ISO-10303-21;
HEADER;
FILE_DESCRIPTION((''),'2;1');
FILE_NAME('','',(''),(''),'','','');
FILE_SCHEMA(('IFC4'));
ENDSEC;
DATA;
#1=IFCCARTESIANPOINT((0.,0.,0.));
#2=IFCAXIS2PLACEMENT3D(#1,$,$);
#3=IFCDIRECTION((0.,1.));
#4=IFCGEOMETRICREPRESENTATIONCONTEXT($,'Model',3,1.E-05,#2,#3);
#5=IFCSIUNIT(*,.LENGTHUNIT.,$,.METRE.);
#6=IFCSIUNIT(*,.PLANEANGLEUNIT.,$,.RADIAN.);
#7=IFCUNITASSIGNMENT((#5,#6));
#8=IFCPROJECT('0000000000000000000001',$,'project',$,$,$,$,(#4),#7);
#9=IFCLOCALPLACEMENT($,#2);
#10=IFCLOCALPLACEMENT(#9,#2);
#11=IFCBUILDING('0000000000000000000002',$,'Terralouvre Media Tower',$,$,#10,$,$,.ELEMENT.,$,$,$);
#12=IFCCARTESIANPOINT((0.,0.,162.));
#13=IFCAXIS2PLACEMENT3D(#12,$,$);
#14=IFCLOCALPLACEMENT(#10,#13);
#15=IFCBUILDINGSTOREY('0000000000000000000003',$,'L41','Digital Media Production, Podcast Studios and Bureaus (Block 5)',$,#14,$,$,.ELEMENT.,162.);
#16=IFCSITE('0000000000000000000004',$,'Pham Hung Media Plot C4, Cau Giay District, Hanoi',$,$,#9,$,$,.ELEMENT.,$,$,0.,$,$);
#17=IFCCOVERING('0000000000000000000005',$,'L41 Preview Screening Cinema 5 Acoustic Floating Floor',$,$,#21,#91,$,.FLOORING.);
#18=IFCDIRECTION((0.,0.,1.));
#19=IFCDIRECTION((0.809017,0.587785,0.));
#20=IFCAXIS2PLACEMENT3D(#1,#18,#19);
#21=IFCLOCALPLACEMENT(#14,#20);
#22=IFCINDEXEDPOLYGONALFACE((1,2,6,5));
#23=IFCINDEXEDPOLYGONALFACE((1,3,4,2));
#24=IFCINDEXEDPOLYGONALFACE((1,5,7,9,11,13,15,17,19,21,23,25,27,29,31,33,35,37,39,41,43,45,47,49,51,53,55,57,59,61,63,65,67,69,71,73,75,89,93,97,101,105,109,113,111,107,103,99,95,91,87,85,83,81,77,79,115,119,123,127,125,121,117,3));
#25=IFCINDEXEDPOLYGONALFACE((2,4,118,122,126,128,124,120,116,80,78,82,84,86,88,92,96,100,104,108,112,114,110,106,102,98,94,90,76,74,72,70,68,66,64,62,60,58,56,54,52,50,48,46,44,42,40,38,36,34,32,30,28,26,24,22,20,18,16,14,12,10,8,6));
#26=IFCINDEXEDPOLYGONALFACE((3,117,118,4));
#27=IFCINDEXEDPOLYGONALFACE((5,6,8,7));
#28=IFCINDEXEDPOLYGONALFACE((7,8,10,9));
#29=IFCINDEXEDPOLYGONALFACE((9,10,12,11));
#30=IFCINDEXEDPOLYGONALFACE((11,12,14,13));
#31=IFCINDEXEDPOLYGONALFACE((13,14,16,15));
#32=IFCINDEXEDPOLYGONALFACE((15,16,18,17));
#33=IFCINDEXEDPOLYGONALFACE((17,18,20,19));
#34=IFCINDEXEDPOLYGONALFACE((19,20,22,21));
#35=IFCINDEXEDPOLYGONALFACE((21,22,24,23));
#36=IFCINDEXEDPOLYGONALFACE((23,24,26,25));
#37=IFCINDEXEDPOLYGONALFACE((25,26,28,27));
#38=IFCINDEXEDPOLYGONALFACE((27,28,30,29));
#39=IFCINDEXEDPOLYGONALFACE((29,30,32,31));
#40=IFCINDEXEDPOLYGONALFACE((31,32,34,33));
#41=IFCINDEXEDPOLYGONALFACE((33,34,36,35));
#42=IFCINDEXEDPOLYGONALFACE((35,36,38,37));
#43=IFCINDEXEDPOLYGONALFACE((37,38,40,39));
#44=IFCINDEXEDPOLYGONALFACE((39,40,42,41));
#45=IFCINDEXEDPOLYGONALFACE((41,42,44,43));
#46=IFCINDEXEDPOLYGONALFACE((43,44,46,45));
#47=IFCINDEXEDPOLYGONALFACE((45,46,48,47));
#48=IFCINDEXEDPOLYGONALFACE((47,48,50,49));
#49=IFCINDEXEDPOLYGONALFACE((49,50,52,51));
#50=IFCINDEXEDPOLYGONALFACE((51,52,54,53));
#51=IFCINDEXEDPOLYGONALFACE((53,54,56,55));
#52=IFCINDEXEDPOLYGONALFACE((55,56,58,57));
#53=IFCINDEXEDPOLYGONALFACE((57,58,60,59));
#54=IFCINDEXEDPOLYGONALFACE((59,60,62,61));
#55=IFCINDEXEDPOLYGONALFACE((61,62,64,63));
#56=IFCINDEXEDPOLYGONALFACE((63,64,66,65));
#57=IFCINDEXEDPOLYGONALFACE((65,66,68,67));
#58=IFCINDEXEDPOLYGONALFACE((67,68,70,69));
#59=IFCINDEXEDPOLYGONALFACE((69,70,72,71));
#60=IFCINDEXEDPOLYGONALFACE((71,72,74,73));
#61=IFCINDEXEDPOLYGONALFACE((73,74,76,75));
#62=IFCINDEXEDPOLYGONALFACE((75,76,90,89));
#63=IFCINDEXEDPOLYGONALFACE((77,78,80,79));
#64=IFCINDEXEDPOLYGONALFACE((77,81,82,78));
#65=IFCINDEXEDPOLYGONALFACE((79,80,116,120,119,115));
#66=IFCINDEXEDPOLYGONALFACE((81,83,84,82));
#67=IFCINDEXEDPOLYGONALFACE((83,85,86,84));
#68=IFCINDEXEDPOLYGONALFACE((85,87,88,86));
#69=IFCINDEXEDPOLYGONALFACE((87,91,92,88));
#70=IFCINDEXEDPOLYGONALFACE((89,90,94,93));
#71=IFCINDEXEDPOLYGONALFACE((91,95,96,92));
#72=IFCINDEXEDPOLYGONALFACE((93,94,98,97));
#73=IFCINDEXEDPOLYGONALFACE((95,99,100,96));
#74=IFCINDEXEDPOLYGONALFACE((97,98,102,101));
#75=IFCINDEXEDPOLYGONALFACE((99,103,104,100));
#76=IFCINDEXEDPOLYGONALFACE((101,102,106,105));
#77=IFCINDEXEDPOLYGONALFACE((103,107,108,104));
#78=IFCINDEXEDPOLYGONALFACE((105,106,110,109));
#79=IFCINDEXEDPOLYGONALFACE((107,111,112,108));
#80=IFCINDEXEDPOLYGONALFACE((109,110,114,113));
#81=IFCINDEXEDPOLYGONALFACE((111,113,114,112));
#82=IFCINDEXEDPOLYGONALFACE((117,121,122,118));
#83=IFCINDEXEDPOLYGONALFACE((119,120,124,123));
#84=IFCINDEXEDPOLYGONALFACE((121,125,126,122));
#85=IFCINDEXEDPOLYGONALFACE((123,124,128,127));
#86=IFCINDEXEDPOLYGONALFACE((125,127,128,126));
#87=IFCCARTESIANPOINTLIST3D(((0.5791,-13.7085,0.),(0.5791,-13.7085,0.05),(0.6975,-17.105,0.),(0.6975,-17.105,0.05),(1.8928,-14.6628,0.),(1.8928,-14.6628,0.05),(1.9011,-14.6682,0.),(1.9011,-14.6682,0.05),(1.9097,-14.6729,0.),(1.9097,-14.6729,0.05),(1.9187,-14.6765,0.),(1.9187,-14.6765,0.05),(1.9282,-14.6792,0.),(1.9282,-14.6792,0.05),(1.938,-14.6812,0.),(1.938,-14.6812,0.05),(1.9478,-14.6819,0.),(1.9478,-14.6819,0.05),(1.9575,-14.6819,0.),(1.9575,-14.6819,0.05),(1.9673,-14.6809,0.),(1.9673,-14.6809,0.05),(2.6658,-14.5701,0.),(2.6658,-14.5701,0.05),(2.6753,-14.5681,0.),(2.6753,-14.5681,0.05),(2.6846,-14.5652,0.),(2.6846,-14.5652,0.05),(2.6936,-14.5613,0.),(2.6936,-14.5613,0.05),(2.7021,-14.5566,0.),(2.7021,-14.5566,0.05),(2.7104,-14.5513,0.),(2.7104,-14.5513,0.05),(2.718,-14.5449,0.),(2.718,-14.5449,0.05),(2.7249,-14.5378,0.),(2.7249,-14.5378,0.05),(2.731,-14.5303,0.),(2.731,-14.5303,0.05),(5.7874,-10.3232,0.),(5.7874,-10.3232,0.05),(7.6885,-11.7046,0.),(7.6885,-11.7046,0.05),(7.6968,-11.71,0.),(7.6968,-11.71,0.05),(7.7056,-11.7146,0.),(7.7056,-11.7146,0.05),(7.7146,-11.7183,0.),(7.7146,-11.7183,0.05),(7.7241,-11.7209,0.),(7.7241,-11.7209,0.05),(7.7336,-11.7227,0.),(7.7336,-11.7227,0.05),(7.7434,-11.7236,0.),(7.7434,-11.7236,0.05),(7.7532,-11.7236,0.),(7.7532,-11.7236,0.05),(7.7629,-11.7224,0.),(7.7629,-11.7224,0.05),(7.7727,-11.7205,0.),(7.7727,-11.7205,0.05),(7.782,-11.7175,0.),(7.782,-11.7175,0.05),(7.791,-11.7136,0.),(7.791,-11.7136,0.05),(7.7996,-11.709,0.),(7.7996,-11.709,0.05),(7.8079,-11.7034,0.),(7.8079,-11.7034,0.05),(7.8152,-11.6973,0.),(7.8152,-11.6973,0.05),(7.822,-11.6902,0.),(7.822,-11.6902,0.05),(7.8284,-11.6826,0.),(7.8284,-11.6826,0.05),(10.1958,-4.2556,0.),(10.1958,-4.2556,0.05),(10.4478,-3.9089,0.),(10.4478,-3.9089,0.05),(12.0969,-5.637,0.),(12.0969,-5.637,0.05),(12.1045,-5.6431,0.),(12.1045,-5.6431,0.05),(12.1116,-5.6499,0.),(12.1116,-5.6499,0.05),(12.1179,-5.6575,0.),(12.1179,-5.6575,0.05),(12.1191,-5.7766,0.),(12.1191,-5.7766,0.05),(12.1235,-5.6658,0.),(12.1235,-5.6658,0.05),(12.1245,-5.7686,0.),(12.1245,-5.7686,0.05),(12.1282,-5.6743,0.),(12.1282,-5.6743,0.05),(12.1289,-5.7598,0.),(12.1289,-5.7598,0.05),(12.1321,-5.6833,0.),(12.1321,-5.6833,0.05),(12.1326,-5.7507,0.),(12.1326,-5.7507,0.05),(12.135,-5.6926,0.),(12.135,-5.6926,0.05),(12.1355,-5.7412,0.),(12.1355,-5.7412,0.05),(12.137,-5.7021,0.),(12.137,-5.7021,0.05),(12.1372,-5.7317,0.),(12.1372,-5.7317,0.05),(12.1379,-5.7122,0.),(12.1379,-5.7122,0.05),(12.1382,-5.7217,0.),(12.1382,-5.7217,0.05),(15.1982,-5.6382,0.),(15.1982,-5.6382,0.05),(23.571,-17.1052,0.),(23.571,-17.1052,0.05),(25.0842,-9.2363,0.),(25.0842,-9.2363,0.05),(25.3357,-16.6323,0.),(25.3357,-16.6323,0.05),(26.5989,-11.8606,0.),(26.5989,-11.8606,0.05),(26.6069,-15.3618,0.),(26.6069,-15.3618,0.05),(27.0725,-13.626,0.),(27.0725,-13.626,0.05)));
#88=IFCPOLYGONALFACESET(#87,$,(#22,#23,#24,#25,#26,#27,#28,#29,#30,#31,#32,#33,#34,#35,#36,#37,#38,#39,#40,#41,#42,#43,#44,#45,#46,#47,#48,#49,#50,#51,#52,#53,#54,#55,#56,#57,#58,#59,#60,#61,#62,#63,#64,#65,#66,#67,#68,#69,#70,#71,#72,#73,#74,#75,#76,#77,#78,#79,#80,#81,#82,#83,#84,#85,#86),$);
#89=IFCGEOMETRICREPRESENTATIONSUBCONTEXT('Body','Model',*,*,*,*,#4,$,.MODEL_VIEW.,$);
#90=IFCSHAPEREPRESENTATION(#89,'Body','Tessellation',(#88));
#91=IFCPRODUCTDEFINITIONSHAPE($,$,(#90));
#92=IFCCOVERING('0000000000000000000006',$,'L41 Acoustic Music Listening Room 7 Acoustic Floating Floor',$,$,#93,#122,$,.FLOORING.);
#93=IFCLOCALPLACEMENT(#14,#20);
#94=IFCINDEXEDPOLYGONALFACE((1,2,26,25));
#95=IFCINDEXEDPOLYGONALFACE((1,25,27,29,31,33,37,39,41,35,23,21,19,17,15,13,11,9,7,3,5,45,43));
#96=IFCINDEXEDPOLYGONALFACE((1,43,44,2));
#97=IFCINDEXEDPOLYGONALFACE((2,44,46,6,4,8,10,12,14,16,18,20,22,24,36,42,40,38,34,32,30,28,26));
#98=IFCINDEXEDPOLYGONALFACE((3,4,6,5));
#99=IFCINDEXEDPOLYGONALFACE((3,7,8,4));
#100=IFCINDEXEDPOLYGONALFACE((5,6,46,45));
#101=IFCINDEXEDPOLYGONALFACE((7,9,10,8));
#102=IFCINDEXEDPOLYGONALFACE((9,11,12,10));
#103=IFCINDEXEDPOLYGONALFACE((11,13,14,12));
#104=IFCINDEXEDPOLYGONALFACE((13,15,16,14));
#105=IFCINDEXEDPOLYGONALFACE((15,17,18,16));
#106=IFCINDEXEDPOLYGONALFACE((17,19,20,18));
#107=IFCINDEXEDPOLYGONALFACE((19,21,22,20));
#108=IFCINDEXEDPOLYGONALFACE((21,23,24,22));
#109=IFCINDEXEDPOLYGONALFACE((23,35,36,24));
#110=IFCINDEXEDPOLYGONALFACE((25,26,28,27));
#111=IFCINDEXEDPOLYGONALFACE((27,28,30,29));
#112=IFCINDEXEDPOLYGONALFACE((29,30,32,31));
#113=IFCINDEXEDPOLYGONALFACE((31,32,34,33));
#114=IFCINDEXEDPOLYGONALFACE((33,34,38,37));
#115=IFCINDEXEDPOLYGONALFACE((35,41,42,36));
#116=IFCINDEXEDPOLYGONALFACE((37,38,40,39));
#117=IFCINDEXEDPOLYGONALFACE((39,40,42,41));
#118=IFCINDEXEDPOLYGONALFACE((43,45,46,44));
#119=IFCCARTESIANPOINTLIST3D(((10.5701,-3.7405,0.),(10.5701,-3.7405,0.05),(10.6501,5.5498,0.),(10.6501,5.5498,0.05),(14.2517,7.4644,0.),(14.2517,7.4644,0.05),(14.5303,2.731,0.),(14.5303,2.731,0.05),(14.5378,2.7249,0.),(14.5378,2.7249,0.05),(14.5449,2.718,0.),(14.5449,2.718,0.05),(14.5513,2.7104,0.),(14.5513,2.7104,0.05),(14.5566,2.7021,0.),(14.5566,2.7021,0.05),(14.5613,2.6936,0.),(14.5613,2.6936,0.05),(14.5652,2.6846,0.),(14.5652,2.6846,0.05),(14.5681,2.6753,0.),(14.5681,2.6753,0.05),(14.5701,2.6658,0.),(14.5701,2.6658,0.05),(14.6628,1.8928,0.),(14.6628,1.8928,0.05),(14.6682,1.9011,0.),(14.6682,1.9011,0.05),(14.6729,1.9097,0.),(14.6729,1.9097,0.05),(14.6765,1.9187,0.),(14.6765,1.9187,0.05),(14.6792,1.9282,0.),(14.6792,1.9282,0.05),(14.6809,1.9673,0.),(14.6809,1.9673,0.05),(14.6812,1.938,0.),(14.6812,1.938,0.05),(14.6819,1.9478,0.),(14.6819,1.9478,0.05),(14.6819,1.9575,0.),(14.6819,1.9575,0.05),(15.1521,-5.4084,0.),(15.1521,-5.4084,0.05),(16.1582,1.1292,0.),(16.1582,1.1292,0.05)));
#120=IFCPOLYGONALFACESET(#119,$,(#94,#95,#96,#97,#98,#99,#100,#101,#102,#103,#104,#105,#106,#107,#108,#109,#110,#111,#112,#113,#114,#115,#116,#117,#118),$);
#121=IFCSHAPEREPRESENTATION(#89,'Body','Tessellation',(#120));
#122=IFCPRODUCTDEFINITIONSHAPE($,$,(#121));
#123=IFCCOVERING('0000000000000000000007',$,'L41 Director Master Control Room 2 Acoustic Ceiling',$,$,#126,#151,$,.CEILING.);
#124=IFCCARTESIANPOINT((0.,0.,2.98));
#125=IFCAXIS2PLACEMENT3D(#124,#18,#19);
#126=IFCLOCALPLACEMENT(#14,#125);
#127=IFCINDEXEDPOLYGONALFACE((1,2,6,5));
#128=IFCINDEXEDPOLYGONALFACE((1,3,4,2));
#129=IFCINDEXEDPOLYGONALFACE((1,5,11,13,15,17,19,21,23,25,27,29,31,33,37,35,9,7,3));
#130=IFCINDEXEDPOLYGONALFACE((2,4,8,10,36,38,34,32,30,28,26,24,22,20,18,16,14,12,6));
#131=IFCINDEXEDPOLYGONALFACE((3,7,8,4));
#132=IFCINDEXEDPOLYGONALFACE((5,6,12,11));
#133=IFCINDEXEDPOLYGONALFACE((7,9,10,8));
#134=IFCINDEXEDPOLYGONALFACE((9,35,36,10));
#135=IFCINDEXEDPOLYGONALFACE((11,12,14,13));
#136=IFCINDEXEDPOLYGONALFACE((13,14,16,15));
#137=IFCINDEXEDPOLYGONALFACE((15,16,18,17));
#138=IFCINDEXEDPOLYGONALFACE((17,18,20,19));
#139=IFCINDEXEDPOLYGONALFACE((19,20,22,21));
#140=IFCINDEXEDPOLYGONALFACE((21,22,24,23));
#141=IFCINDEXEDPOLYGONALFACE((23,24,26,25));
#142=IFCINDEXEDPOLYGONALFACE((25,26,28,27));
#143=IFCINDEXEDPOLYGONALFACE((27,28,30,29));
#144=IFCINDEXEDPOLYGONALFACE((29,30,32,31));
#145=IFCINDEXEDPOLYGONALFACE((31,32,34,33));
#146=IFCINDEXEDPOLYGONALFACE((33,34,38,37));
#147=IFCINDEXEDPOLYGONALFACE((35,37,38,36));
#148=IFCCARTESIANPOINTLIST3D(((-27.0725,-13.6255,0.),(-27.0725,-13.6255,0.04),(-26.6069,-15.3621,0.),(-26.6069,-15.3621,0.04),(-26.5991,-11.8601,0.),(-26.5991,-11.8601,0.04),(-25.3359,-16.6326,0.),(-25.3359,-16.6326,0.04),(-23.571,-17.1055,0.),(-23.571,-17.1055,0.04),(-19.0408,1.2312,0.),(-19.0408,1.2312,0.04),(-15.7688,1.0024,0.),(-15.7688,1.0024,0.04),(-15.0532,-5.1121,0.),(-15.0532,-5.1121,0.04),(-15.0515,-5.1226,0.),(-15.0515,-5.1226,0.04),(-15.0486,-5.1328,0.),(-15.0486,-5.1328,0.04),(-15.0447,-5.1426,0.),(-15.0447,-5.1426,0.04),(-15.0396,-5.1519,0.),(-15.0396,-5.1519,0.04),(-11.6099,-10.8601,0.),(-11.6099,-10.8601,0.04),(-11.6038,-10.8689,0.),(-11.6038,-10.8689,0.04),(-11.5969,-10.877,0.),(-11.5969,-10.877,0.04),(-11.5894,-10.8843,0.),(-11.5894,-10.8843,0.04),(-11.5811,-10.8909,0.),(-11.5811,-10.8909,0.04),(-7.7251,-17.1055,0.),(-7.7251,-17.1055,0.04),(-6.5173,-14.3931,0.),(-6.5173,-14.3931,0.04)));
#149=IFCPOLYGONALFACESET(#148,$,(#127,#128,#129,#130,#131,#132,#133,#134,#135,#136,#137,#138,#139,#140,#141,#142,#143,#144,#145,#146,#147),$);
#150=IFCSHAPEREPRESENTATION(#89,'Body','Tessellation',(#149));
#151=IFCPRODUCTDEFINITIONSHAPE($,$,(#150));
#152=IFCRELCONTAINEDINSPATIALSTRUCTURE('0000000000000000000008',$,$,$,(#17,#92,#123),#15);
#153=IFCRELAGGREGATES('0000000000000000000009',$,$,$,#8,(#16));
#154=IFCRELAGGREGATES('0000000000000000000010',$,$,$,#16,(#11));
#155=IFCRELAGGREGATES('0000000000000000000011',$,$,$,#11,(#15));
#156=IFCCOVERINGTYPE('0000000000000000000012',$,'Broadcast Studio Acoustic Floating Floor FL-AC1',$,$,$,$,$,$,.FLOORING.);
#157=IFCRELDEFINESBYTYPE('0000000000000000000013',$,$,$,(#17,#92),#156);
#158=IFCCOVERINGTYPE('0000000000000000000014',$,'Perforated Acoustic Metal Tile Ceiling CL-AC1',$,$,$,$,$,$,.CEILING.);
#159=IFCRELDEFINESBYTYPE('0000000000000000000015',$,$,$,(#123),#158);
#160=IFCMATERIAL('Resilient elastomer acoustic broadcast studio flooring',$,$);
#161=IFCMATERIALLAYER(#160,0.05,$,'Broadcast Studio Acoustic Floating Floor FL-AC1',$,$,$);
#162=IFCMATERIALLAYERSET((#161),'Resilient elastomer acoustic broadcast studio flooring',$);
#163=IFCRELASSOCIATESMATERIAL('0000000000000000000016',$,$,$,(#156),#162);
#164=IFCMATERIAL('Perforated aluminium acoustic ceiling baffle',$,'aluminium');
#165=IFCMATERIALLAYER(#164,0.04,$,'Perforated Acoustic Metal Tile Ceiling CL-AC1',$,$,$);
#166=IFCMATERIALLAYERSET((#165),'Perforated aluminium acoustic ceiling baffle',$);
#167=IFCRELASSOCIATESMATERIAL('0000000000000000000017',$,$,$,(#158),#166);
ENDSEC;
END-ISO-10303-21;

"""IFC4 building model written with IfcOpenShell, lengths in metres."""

from ifc_helpers import new_model, si_unit, direction, frame, origin, place, context, subcontext, project, spatial, polyline, outline, extrude, material, layer, layer_set, type_object, element, save


model = new_model("IFC4")

# Units and contexts
model_context = context("Model", 3, precision=1e-05, world=origin(), true_north=direction((0.0, 1.0)))
body_context = subcontext(model_context, "Body", "Model", "MODEL_VIEW")
ifc_project = project(units=[si_unit("LENGTHUNIT", "METRE"), si_unit("PLANEANGLEUNIT", "RADIAN")], contexts=[model_context])

# Site, building, storey
site_placement = place(None, origin())
site = spatial("IfcSite", under=ifc_project, at=site_placement, Name="Pham Hung Media Plot C4, Cau Giay District, Hanoi", CompositionType="ELEMENT", RefElevation=0.0)
building_placement = place(site_placement, origin())
building = spatial("IfcBuilding", under=site, at=building_placement, Name="Terralouvre Media Tower", CompositionType="ELEMENT")
storey_placement = place(building_placement, frame((0.0, 0.0, 162.0)))
storey = spatial("IfcBuildingStorey", under=building, at=storey_placement, Name="L41", Description="Digital Media Production, Podcast Studios and Bureaus (Block 5)", CompositionType="ELEMENT", Elevation=162.0)

# Coverings
ifc_material_1 = material(Name="Resilient elastomer acoustic broadcast studio flooring")
ifc_layer_1 = layer(ifc_material_1, 0.05, Name="Broadcast Studio Acoustic Floating Floor FL-AC1")
ifc_layer_set_1 = layer_set([ifc_layer_1], Name="Resilient elastomer acoustic broadcast studio flooring")
covering_type_1 = type_object("IfcCoveringType", Name="Broadcast Studio Acoustic Floating Floor FL-AC1", PredefinedType="FLOORING", material=ifc_layer_set_1)
covering_1_placement = place(storey_placement, frame((0.0, 0.0, 0.0), z_axis=(0.0, 0.0, 1.0), x_axis=(0.809017, 0.587785, 0.0)))
element("IfcCovering", 1, at=covering_1_placement, inside=storey, type_object=covering_type_1, Name="L41 Preview Screening Cinema 5 Acoustic Floating Floor", PredefinedType="FLOORING", context=body_context, shape_type="SweptSolid", body=[
    extrude(outline(polyline([(10.4478, -3.9089), (10.1958, -4.2556), (12.0969, -5.637), (12.1045, -5.6431), (12.1116, -5.6499), (12.1179, -5.6575), (12.1235, -5.6658), (12.1282, -5.6743), (12.1321, -5.6833), (12.135, -5.6926), (12.137, -5.7021), (12.1379, -5.7122), (12.1382, -5.7217), (12.1372, -5.7317), (12.1355, -5.7412), (12.1326, -5.7507), (12.1289, -5.7598), (12.1245, -5.7686), (12.1191, -5.7766), (7.8284, -11.6826), (7.822, -11.6902), (7.8152, -11.6973), (7.8079, -11.7034), (7.7996, -11.709), (7.791, -11.7136), (7.782, -11.7175), (7.7727, -11.7205), (7.7629, -11.7224), (7.7532, -11.7236), (7.7434, -11.7236), (7.7336, -11.7227), (7.7241, -11.7209), (7.7146, -11.7183), (7.7056, -11.7146), (7.6968, -11.71), (7.6885, -11.7046), (5.7874, -10.3232), (2.731, -14.5303), (2.7249, -14.5378), (2.718, -14.5449), (2.7104, -14.5513), (2.7021, -14.5566), (2.6936, -14.5613), (2.6846, -14.5652), (2.6753, -14.5681), (2.6658, -14.5701), (1.9673, -14.6809), (1.9575, -14.6819), (1.9478, -14.6819), (1.938, -14.6812), (1.9282, -14.6792), (1.9187, -14.6765), (1.9097, -14.6729), (1.9011, -14.6682), (1.8928, -14.6628), (0.5791, -13.7085), (0.6975, -17.105), (23.571, -17.1052), (25.3357, -16.6323), (26.6069, -15.3618), (27.0725, -13.626), (26.5989, -11.8606), (25.0842, -9.2363), (15.1982, -5.6382), (10.4478, -3.9089)])), origin(), (0.0, 0.0, 1.0), 0.05),
])
covering_2_placement = place(storey_placement, frame((0.0, 0.0, 0.0), z_axis=(0.0, 0.0, 1.0), x_axis=(0.809017, 0.587785, 0.0)))
element("IfcCovering", 2, at=covering_2_placement, inside=storey, type_object=covering_type_1, Name="L41 Acoustic Music Listening Room 7 Acoustic Floating Floor", PredefinedType="FLOORING", context=body_context, shape_type="SweptSolid", body=[
    extrude(outline(polyline([(16.1582, 1.1292), (14.2517, 7.4644), (10.6501, 5.5498), (14.5303, 2.731), (14.5378, 2.7249), (14.5449, 2.718), (14.5513, 2.7104), (14.5566, 2.7021), (14.5613, 2.6936), (14.5652, 2.6846), (14.5681, 2.6753), (14.5701, 2.6658), (14.6809, 1.9673), (14.6819, 1.9575), (14.6819, 1.9478), (14.6812, 1.938), (14.6792, 1.9282), (14.6765, 1.9187), (14.6729, 1.9097), (14.6682, 1.9011), (14.6628, 1.8928), (10.5701, -3.7405), (15.1521, -5.4084), (16.1582, 1.1292)])), origin(), (0.0, 0.0, 1.0), 0.05),
])
ifc_material_2 = material(Name="Perforated aluminium acoustic ceiling baffle", Category="aluminium")
ifc_layer_2 = layer(ifc_material_2, 0.04, Name="Perforated Acoustic Metal Tile Ceiling CL-AC1")
ifc_layer_set_2 = layer_set([ifc_layer_2], Name="Perforated aluminium acoustic ceiling baffle")
covering_type_2 = type_object("IfcCoveringType", Name="Perforated Acoustic Metal Tile Ceiling CL-AC1", PredefinedType="CEILING", material=ifc_layer_set_2)
covering_3_placement = place(storey_placement, frame((0.0, 0.0, 2.98), z_axis=(0.0, 0.0, 1.0), x_axis=(0.809017, 0.587785, 0.0)))
element("IfcCovering", 3, at=covering_3_placement, inside=storey, type_object=covering_type_2, Name="L41 Director Master Control Room 2 Acoustic Ceiling", PredefinedType="CEILING", context=body_context, shape_type="SweptSolid", body=[
    extrude(outline(polyline([(-11.5811, -10.8909), (-11.5894, -10.8843), (-11.5969, -10.877), (-11.6038, -10.8689), (-11.6099, -10.8601), (-15.0396, -5.1519), (-15.0447, -5.1426), (-15.0486, -5.1328), (-15.0515, -5.1226), (-15.0532, -5.1121), (-15.7688, 1.0024), (-19.0408, 1.2312), (-26.5991, -11.8601), (-27.0725, -13.6255), (-26.6069, -15.3621), (-25.3359, -16.6326), (-23.571, -17.1055), (-7.7251, -17.1055), (-6.5173, -14.3931), (-11.5811, -10.8909)])), origin(), (0.0, 0.0, 1.0), 0.04),
])

save(model, "model.ifc")
